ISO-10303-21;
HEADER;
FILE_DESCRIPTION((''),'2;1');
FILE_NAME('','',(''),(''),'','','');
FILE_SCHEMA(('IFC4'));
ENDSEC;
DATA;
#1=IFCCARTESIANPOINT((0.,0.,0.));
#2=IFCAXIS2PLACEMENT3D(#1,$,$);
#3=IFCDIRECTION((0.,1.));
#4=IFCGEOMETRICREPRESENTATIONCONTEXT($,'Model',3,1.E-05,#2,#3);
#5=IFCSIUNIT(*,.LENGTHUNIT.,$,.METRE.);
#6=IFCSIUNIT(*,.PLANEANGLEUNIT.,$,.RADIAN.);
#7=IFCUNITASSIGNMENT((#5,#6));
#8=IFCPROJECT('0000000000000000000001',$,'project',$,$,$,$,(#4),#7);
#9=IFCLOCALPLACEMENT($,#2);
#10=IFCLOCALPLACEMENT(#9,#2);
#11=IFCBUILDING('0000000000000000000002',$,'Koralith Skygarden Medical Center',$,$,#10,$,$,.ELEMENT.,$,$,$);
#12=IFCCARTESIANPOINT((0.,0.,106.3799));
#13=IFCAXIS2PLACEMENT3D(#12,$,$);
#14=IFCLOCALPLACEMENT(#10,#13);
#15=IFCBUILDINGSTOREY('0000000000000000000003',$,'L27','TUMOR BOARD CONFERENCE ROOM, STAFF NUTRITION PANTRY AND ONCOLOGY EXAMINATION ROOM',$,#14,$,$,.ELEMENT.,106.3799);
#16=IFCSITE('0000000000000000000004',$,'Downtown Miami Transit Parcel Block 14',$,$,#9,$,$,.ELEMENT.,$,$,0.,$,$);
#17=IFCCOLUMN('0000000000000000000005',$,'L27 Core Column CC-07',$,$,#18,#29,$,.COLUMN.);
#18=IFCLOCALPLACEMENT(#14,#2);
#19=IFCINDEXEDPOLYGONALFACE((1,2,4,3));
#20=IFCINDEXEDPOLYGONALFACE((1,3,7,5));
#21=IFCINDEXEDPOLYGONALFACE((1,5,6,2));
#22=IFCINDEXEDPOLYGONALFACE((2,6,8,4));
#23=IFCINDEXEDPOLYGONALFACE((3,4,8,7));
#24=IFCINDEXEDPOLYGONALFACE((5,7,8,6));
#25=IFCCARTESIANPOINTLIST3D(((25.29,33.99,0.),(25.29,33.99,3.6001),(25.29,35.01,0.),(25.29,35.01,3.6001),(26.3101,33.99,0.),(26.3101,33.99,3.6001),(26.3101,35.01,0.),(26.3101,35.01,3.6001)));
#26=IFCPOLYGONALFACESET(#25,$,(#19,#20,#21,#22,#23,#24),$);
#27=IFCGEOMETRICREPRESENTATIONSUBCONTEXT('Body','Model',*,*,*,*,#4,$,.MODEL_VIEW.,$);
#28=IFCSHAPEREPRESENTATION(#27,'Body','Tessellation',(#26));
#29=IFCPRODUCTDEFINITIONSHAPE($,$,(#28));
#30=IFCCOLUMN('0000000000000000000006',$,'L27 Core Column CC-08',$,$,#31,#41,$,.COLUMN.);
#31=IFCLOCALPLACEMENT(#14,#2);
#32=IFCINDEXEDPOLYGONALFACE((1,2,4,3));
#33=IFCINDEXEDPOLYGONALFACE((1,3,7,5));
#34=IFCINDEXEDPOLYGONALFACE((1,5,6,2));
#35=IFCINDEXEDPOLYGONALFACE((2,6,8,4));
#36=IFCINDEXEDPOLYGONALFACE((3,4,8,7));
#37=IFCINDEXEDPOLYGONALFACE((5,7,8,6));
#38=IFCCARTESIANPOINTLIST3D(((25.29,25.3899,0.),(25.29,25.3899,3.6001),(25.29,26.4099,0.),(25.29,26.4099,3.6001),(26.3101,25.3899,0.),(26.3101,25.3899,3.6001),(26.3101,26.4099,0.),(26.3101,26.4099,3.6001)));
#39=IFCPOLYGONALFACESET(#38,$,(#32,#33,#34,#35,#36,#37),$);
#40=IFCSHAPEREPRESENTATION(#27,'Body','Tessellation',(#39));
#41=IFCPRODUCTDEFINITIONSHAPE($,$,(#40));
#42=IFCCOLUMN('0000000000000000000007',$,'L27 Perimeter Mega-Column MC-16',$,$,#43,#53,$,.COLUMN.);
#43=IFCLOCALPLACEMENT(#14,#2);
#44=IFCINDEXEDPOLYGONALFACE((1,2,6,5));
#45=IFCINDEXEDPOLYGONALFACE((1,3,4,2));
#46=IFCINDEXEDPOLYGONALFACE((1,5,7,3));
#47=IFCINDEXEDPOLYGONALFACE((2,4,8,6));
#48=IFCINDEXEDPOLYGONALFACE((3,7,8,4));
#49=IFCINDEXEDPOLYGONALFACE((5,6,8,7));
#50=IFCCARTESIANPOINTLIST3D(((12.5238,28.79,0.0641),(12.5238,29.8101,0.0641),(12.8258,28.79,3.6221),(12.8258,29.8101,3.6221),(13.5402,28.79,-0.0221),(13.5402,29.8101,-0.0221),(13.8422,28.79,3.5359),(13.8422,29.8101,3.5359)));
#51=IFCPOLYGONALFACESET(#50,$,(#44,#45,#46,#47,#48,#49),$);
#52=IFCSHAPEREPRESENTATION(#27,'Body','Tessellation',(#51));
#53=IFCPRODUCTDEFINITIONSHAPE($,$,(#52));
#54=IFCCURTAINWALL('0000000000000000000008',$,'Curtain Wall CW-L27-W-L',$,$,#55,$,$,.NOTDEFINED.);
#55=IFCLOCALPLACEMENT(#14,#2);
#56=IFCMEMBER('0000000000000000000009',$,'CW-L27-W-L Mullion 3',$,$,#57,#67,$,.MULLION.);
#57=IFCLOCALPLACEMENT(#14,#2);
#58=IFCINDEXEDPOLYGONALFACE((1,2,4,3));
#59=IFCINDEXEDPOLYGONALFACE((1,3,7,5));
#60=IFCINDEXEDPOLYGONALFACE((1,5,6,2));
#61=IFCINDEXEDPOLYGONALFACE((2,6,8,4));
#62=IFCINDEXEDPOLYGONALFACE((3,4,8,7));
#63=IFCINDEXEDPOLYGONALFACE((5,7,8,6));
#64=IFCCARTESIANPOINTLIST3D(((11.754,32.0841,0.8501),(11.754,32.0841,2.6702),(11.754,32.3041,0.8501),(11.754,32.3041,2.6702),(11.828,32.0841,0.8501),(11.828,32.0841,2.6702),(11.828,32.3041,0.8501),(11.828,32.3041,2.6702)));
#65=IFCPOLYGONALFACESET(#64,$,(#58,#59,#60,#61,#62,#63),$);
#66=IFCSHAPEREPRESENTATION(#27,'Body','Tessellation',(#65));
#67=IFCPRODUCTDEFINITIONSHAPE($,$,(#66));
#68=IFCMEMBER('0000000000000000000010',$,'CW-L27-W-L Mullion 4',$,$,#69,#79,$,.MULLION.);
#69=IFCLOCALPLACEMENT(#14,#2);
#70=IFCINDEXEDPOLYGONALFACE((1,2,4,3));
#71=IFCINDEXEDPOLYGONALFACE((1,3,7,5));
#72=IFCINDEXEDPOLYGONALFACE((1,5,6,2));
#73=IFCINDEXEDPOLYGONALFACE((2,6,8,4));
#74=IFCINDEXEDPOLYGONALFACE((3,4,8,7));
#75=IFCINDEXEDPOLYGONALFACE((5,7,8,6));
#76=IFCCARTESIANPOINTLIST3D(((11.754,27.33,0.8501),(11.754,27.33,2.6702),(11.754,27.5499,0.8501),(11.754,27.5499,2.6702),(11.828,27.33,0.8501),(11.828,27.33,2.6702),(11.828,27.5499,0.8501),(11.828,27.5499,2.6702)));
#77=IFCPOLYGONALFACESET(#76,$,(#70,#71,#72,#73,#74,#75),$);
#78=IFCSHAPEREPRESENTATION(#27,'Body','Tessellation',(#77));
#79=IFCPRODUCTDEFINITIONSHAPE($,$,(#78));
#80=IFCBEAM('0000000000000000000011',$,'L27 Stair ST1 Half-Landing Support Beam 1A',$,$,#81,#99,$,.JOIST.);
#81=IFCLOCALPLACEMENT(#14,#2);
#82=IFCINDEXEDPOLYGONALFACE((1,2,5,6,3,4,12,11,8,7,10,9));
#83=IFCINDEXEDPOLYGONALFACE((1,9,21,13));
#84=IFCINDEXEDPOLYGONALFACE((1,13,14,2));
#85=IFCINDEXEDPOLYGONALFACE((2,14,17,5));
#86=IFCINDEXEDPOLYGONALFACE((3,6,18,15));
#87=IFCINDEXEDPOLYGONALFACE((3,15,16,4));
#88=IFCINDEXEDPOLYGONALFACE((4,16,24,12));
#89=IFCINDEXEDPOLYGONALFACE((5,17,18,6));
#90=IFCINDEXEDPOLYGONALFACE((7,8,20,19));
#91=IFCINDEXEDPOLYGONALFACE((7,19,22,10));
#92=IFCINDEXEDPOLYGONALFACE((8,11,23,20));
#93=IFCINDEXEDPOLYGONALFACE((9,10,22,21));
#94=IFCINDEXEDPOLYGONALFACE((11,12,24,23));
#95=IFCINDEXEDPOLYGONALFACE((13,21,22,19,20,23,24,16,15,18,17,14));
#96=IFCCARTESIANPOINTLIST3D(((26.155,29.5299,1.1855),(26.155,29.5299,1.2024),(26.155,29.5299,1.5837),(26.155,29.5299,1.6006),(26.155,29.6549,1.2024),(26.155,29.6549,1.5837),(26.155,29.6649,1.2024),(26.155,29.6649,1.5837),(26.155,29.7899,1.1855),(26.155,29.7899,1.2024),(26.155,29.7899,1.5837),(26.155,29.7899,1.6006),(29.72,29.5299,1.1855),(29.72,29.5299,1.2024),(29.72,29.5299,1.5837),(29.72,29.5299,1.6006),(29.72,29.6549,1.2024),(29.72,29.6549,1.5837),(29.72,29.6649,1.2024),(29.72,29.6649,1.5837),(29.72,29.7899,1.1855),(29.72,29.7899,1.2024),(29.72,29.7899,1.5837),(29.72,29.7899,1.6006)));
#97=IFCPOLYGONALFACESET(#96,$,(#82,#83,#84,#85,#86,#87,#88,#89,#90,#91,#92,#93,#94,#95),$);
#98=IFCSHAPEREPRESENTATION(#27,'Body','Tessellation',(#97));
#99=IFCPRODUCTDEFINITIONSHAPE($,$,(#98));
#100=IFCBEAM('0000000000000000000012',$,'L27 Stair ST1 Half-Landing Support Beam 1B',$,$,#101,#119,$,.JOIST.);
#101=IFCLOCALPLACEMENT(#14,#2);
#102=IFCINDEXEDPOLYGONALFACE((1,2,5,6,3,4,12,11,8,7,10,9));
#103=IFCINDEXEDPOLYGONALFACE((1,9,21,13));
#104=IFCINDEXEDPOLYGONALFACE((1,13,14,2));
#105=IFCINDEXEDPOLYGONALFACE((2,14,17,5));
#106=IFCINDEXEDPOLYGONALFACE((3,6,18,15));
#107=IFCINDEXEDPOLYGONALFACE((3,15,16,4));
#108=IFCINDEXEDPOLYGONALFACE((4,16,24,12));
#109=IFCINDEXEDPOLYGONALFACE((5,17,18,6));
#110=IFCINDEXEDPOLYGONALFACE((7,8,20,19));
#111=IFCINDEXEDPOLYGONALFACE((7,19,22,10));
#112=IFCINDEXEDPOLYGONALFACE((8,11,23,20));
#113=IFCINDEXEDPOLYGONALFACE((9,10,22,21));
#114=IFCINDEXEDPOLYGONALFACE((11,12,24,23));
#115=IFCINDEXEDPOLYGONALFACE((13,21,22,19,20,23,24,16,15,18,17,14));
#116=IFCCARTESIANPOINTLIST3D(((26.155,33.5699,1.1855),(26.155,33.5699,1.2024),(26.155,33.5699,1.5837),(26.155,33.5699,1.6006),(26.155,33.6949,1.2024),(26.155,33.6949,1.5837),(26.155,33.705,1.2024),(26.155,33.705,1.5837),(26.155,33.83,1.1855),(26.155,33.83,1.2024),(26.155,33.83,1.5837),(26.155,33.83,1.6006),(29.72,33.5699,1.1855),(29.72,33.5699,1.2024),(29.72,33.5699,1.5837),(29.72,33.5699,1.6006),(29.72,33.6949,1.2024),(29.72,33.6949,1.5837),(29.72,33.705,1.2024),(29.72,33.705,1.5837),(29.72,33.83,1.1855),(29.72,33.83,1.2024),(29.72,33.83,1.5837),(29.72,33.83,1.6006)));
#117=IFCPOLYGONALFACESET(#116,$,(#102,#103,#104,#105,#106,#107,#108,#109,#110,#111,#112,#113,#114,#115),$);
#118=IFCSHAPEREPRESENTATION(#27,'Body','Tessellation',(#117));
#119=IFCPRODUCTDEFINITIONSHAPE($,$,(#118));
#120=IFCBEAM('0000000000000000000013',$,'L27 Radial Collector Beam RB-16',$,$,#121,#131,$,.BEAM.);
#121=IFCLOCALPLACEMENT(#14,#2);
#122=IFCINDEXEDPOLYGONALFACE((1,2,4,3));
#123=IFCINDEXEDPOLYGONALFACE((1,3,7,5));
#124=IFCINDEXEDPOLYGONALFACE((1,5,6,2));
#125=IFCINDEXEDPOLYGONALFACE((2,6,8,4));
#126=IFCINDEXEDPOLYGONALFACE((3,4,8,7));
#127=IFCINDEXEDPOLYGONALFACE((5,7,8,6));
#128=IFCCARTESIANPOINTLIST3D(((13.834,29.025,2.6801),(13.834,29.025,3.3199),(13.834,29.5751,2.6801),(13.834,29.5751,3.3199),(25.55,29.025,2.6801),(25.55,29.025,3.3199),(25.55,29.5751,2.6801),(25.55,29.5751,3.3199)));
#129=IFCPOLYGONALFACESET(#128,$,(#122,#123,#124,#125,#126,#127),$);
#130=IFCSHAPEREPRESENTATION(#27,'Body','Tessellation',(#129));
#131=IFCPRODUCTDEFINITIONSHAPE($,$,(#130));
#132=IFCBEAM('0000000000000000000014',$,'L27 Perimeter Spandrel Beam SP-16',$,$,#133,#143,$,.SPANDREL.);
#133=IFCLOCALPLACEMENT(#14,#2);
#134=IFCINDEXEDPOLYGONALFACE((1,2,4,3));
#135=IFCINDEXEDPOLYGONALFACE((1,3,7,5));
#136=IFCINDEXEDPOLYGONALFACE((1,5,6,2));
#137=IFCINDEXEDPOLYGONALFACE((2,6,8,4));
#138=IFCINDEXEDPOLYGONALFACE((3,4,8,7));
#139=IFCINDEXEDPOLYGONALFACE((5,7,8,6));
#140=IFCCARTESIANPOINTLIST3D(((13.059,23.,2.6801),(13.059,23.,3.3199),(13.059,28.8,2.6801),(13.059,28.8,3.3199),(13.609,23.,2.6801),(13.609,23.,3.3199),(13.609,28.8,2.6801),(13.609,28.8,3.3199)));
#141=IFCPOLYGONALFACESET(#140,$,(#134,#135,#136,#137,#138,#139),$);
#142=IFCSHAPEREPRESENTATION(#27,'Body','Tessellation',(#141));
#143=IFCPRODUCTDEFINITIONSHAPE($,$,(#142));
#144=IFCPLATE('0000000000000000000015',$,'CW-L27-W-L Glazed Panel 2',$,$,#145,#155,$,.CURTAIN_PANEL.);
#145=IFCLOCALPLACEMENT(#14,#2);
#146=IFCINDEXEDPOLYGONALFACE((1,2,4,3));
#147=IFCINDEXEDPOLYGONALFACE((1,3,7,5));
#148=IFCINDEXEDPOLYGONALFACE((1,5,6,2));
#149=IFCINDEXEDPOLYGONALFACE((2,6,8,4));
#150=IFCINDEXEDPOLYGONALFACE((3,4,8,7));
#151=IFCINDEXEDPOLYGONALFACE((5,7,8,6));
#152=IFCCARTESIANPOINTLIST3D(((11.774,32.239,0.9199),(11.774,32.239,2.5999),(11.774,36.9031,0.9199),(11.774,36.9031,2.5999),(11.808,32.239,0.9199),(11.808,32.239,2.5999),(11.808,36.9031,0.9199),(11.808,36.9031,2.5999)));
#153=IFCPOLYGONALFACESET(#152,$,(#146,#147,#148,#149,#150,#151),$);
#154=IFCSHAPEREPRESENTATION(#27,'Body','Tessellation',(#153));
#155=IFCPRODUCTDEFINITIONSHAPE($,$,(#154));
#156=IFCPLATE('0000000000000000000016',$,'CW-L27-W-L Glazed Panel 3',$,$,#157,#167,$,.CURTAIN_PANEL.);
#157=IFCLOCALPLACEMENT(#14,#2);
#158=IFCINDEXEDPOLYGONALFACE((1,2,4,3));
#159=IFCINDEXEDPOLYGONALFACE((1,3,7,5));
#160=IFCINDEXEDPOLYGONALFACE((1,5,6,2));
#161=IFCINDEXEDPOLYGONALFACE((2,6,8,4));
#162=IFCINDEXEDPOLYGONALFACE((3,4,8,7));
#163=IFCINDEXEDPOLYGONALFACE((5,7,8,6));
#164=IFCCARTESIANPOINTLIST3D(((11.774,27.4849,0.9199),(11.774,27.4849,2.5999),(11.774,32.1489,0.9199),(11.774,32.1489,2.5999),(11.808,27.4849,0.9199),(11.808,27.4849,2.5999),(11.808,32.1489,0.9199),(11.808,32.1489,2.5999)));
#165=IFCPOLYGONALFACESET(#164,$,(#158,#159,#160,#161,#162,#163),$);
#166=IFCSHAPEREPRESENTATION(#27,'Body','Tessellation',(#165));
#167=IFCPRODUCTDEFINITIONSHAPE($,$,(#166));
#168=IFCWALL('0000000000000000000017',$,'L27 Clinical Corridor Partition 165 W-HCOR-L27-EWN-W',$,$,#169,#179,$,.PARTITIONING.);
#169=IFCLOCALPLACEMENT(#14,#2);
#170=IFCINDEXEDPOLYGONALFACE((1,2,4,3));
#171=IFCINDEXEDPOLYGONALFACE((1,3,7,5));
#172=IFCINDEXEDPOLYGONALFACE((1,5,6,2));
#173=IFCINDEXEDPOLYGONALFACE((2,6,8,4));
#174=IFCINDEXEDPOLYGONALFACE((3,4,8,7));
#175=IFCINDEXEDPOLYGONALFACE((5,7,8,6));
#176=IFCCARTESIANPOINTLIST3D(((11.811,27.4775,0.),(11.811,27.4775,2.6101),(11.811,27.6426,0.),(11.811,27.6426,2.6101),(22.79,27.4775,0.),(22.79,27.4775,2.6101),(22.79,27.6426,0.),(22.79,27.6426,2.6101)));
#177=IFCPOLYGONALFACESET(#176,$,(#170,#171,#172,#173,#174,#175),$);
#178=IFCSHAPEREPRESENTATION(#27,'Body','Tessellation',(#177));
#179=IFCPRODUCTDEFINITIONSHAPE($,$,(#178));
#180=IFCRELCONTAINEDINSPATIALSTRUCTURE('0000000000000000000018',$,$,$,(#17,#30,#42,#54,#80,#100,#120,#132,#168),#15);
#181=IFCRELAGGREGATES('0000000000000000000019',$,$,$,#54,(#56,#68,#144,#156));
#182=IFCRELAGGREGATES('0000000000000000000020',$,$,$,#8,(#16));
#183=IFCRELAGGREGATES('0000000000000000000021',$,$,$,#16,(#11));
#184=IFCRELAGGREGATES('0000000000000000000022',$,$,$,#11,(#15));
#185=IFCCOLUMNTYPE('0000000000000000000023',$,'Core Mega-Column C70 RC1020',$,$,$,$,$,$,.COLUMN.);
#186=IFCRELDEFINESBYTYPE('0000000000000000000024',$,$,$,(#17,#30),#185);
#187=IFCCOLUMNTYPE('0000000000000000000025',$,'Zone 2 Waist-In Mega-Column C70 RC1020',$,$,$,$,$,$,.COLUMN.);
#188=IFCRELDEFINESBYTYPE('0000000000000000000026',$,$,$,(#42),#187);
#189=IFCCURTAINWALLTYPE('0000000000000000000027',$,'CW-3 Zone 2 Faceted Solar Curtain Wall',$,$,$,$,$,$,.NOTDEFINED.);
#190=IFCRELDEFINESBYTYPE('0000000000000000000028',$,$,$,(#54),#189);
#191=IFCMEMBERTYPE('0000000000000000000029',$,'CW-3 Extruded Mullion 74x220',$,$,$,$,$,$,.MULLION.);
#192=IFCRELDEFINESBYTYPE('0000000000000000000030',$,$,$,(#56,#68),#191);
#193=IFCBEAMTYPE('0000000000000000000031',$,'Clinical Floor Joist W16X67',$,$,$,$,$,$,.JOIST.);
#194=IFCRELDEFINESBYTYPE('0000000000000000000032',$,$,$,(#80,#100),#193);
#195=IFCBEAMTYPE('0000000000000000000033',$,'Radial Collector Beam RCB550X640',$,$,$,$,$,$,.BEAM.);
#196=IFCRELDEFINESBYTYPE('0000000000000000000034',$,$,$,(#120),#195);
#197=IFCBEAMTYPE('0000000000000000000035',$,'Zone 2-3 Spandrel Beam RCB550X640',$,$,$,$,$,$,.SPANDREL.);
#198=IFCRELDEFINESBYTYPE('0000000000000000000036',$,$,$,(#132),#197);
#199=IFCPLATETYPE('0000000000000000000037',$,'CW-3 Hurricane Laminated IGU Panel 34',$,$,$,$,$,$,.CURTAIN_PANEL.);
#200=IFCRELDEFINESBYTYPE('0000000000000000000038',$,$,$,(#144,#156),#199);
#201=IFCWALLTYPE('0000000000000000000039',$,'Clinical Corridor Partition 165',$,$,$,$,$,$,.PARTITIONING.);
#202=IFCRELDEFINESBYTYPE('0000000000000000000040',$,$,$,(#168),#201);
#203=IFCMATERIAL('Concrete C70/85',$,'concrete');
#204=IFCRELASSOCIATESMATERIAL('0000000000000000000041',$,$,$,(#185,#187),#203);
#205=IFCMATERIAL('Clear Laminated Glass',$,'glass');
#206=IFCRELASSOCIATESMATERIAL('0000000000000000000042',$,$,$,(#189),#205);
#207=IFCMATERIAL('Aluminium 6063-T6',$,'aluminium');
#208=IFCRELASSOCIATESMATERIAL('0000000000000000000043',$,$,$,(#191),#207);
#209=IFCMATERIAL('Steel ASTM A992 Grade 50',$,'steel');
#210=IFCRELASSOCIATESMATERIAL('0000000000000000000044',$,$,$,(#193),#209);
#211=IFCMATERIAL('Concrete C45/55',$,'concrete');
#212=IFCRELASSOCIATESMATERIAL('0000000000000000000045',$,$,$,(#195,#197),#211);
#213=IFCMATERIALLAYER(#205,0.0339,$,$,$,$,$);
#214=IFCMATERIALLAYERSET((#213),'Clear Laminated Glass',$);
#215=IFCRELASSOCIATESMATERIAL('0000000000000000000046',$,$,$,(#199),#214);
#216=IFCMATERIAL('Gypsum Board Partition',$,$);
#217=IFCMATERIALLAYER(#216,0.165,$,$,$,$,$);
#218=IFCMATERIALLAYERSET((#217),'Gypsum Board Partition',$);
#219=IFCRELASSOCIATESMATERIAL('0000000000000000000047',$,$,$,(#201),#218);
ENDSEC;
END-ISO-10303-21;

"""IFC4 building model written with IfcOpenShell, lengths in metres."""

from ifc_helpers import new_model, si_unit, direction, frame, frame_2d, origin, origin_2d, place, context, subcontext, project, spatial, rectangle, i_section, extrude, material, layer, layer_set, material_profile, profile_set, type_object, element, aggregate, save


model = new_model("IFC4")

# Units and contexts
model_context = context("Model", 3, precision=1e-05, world=origin(), true_north=direction((0.0, 1.0)))
body_context = subcontext(model_context, "Body", "Model", "MODEL_VIEW")
ifc_project = project(units=[si_unit("LENGTHUNIT", "METRE"), si_unit("PLANEANGLEUNIT", "RADIAN")], contexts=[model_context])

# Site, building, storey
site_placement = place(None, origin())
site = spatial("IfcSite", under=ifc_project, at=site_placement, Name="Downtown Miami Transit Parcel Block 14", CompositionType="ELEMENT", RefElevation=0.0)
building_placement = place(site_placement, origin())
building = spatial("IfcBuilding", under=site, at=building_placement, Name="Koralith Skygarden Medical Center", CompositionType="ELEMENT")
storey_placement = place(building_placement, frame((0.0, 0.0, 106.3799)))
storey = spatial("IfcBuildingStorey", under=building, at=storey_placement, Name="L27", Description="TUMOR BOARD CONFERENCE ROOM, STAFF NUTRITION PANTRY AND ONCOLOGY EXAMINATION ROOM", CompositionType="ELEMENT", Elevation=106.3799)

# Columns
ifc_material_1 = material(Name="Concrete C70/85", Category="concrete")
ifc_material_profile_1 = material_profile(ifc_material_1, rectangle(XDim=1.02, YDim=1.02, at=origin_2d()), Name="RC1020X1020")
ifc_profile_set_1 = profile_set([ifc_material_profile_1], Name="Concrete C70/85")
column_type_1 = type_object("IfcColumnType", Name="Core Mega-Column C70 RC1020", PredefinedType="COLUMN", material=ifc_profile_set_1)
for number, where, z_axis, x_axis, name in (
    (1, (25.8, 34.5, 0.0), (0.0, 0.0, 1.0), (1.0, 0.0, 0.0), "L27 Core Column CC-07"),
    (2, (25.8, 25.8999, 0.0), (0.0, 0.0, 1.0), (1.0, 0.0, 0.0), "L27 Core Column CC-08"),
):
    element("IfcColumn", number, at=place(storey_placement, frame(where, z_axis=z_axis, x_axis=x_axis)), inside=storey, type_object=column_type_1, Name=name, PredefinedType="COLUMN", context=body_context, shape_type="SweptSolid", body=[
        extrude(rectangle(XDim=1.02, YDim=1.02, at=origin_2d()), origin(), (0.0, 0.0, 1.0), 3.6001),
    ])
ifc_material_profile_2 = material_profile(ifc_material_1, rectangle(XDim=1.02, YDim=1.02, at=origin_2d()), Name="RC1020X1020")
ifc_profile_set_2 = profile_set([ifc_material_profile_2], Name="Concrete C70/85")
column_type_2 = type_object("IfcColumnType", Name="Zone 2 Waist-In Mega-Column C70 RC1020", PredefinedType="COLUMN", material=ifc_profile_set_2)
column_placement = place(storey_placement, frame((13.032, 29.3, 0.021), z_axis=(0.084573, 0.0, 0.996417), x_axis=(0.0, 1.0, 0.0)))
element("IfcColumn", 3, at=column_placement, inside=storey, type_object=column_type_2, Name="L27 Perimeter Mega-Column MC-16", PredefinedType="COLUMN", context=body_context, shape_type="SweptSolid", body=[
    extrude(rectangle(XDim=1.02, YDim=1.02, at=origin_2d()), origin(), (0.0, 0.0, 1.0), 3.5708),
])

# Curtain wall, members
ifc_material_2 = material(Name="Clear Laminated Glass", Category="glass")
curtain_wall_type = type_object("IfcCurtainWallType", Name="CW-3 Zone 2 Faceted Solar Curtain Wall", PredefinedType="NOTDEFINED", material=ifc_material_2)
curtain_wall_placement = place(storey_placement, origin())
curtain_wall = element("IfcCurtainWall", 4, at=curtain_wall_placement, inside=storey, type_object=curtain_wall_type, Name="Curtain Wall CW-L27-W-L", PredefinedType="NOTDEFINED")
ifc_material_3 = material(Name="Aluminium 6063-T6", Category="aluminium")
ifc_material_profile_3 = material_profile(ifc_material_3, rectangle(XDim=0.074, YDim=0.22, at=origin_2d()), Name="MUL74X220")
ifc_profile_set_3 = profile_set([ifc_material_profile_3], Name="Aluminium 6063-T6")
member_type = type_object("IfcMemberType", Name="CW-3 Extruded Mullion 74x220", PredefinedType="MULLION", material=ifc_profile_set_3)
member_1_placement = place(storey_placement, frame((11.791, 32.1941, 0.8501), z_axis=(0.0, 0.0, 1.0), x_axis=(1.0, 0.0, 0.0)))
member_1 = element("IfcMember", 5, at=member_1_placement, type_object=member_type, Name="CW-L27-W-L Mullion 3", PredefinedType="MULLION", context=body_context, shape_type="SweptSolid", body=[
    extrude(rectangle(XDim=0.074, YDim=0.22, at=origin_2d()), origin(), (0.0, 0.0, 1.0), 1.8201),
])
member_2_placement = place(storey_placement, frame((11.791, 27.4399, 0.8501), z_axis=(0.0, 0.0, 1.0), x_axis=(1.0, 0.0, 0.0)))
member_2 = element("IfcMember", 6, at=member_2_placement, type_object=member_type, Name="CW-L27-W-L Mullion 4", PredefinedType="MULLION", context=body_context, shape_type="SweptSolid", body=[
    extrude(rectangle(XDim=0.074, YDim=0.22, at=origin_2d()), origin(), (0.0, 0.0, 1.0), 1.8201),
])

# Beams
ifc_material_4 = material(Name="Steel ASTM A992 Grade 50", Category="steel")
ifc_material_profile_4 = material_profile(ifc_material_4, i_section(OverallWidth=0.26, OverallDepth=0.415, WebThickness=0.01, FlangeThickness=0.0168, at=origin_2d()), Name="W16X67")
ifc_profile_set_4 = profile_set([ifc_material_profile_4], Name="Steel ASTM A992 Grade 50")
beam_type_1 = type_object("IfcBeamType", Name="Clinical Floor Joist W16X67", PredefinedType="JOIST", material=ifc_profile_set_4)
for number, where, z_axis, x_axis, name in (
    (7, (26.155, 29.6599, 1.3931), (1.0, 0.0, 0.0), (0.0, 1.0, 0.0), "L27 Stair ST1 Half-Landing Support Beam 1A"),
    (8, (26.155, 33.7, 1.3931), (1.0, 0.0, 0.0), (0.0, 1.0, 0.0), "L27 Stair ST1 Half-Landing Support Beam 1B"),
):
    element("IfcBeam", number, at=place(storey_placement, frame(where, z_axis=z_axis, x_axis=x_axis)), inside=storey, type_object=beam_type_1, Name=name, PredefinedType="JOIST", context=body_context, shape_type="SweptSolid", body=[
        extrude(i_section(OverallWidth=0.26, OverallDepth=0.415, WebThickness=0.01, FlangeThickness=0.0168, at=origin_2d()), origin(), (0.0, 0.0, 1.0), 3.5649),
    ])
ifc_material_5 = material(Name="Concrete C45/55", Category="concrete")
ifc_material_profile_5 = material_profile(ifc_material_5, rectangle(XDim=0.55, YDim=0.6399, at=origin_2d()), Name="RCB550X640")
ifc_profile_set_5 = profile_set([ifc_material_profile_5], Name="Concrete C45/55")
beam_type_2 = type_object("IfcBeamType", Name="Radial Collector Beam RCB550X640", PredefinedType="BEAM", material=ifc_profile_set_5)
beam_1_placement = place(storey_placement, frame((25.55, 29.3, 3.0), z_axis=(-1.0, 0.0, 0.0), x_axis=(0.0, -1.0, 0.0)))
element("IfcBeam", 9, at=beam_1_placement, inside=storey, type_object=beam_type_2, Name="L27 Radial Collector Beam RB-16", PredefinedType="BEAM", context=body_context, shape_type="SweptSolid", body=[
    extrude(rectangle(XDim=0.55, YDim=0.6399, at=origin_2d()), origin(), (0.0, 0.0, 1.0), 11.7161),
])
ifc_material_profile_6 = material_profile(ifc_material_5, rectangle(XDim=0.55, YDim=0.6399, at=origin_2d()), Name="RCB550X640")
ifc_profile_set_6 = profile_set([ifc_material_profile_6], Name="Concrete C45/55")
beam_type_3 = type_object("IfcBeamType", Name="Zone 2-3 Spandrel Beam RCB550X640", PredefinedType="SPANDREL", material=ifc_profile_set_6)
beam_2_placement = place(storey_placement, frame((13.334, 28.8, 3.0), z_axis=(0.0, -1.0, 0.0), x_axis=(1.0, 0.0, 0.0)))
element("IfcBeam", 10, at=beam_2_placement, inside=storey, type_object=beam_type_3, Name="L27 Perimeter Spandrel Beam SP-16", PredefinedType="SPANDREL", context=body_context, shape_type="SweptSolid", body=[
    extrude(rectangle(XDim=0.55, YDim=0.6399, at=origin_2d()), origin(), (0.0, 0.0, 1.0), 5.8),
])

# Plates
ifc_layer_1 = layer(ifc_material_2, 0.0339)
ifc_layer_set_1 = layer_set([ifc_layer_1], Name="Clear Laminated Glass")
plate_type = type_object("IfcPlateType", Name="CW-3 Hurricane Laminated IGU Panel 34", PredefinedType="CURTAIN_PANEL", material=ifc_layer_set_1)
plate_1_placement = place(storey_placement, frame((11.791, 34.571, 0.9199), z_axis=(0.0, 0.0, 1.0), x_axis=(0.0, -1.0, 0.0)))
plate_1 = element("IfcPlate", 11, at=plate_1_placement, type_object=plate_type, Name="CW-L27-W-L Glazed Panel 2", PredefinedType="CURTAIN_PANEL", context=body_context, shape_type="SweptSolid", body=[
    extrude(rectangle(XDim=4.6641, YDim=0.0339, at=origin_2d()), origin(), (0.0, 0.0, 1.0), 1.6799),
])
plate_2_placement = place(storey_placement, frame((11.791, 29.8169, 0.9199), z_axis=(0.0, 0.0, 1.0), x_axis=(0.0, -1.0, 0.0)))
plate_2 = element("IfcPlate", 12, at=plate_2_placement, type_object=plate_type, Name="CW-L27-W-L Glazed Panel 3", PredefinedType="CURTAIN_PANEL", context=body_context, shape_type="SweptSolid", body=[
    extrude(rectangle(XDim=4.6641, YDim=0.0339, at=origin_2d()), origin(), (0.0, 0.0, 1.0), 1.6799),
])
aggregate(curtain_wall, [member_1, member_2, plate_1, plate_2])

# Wall
ifc_material_6 = material(Name="Gypsum Board Partition")
ifc_layer_2 = layer(ifc_material_6, 0.165)
ifc_layer_set_2 = layer_set([ifc_layer_2], Name="Gypsum Board Partition")
wall_type_1 = type_object("IfcWallType", Name="Clinical Corridor Partition 165", PredefinedType="PARTITIONING", material=ifc_layer_set_2)
wall_1_placement = place(storey_placement, frame((11.811, 27.5601, 0.0), z_axis=(0.0, 0.0, 1.0), x_axis=(1.0, 0.0, 0.0)))
element("IfcWall", 13, at=wall_1_placement, inside=storey, type_object=wall_type_1, Name="L27 Clinical Corridor Partition 165 W-HCOR-L27-EWN-W", PredefinedType="PARTITIONING", context=body_context, shape_type="SweptSolid", body=[
    extrude(rectangle(XDim=10.979, YDim=0.165, at=frame_2d((5.4895, 0.0))), origin(), (0.0, 0.0, 1.0), 2.6101),
])

save(model, "model.ifc")
